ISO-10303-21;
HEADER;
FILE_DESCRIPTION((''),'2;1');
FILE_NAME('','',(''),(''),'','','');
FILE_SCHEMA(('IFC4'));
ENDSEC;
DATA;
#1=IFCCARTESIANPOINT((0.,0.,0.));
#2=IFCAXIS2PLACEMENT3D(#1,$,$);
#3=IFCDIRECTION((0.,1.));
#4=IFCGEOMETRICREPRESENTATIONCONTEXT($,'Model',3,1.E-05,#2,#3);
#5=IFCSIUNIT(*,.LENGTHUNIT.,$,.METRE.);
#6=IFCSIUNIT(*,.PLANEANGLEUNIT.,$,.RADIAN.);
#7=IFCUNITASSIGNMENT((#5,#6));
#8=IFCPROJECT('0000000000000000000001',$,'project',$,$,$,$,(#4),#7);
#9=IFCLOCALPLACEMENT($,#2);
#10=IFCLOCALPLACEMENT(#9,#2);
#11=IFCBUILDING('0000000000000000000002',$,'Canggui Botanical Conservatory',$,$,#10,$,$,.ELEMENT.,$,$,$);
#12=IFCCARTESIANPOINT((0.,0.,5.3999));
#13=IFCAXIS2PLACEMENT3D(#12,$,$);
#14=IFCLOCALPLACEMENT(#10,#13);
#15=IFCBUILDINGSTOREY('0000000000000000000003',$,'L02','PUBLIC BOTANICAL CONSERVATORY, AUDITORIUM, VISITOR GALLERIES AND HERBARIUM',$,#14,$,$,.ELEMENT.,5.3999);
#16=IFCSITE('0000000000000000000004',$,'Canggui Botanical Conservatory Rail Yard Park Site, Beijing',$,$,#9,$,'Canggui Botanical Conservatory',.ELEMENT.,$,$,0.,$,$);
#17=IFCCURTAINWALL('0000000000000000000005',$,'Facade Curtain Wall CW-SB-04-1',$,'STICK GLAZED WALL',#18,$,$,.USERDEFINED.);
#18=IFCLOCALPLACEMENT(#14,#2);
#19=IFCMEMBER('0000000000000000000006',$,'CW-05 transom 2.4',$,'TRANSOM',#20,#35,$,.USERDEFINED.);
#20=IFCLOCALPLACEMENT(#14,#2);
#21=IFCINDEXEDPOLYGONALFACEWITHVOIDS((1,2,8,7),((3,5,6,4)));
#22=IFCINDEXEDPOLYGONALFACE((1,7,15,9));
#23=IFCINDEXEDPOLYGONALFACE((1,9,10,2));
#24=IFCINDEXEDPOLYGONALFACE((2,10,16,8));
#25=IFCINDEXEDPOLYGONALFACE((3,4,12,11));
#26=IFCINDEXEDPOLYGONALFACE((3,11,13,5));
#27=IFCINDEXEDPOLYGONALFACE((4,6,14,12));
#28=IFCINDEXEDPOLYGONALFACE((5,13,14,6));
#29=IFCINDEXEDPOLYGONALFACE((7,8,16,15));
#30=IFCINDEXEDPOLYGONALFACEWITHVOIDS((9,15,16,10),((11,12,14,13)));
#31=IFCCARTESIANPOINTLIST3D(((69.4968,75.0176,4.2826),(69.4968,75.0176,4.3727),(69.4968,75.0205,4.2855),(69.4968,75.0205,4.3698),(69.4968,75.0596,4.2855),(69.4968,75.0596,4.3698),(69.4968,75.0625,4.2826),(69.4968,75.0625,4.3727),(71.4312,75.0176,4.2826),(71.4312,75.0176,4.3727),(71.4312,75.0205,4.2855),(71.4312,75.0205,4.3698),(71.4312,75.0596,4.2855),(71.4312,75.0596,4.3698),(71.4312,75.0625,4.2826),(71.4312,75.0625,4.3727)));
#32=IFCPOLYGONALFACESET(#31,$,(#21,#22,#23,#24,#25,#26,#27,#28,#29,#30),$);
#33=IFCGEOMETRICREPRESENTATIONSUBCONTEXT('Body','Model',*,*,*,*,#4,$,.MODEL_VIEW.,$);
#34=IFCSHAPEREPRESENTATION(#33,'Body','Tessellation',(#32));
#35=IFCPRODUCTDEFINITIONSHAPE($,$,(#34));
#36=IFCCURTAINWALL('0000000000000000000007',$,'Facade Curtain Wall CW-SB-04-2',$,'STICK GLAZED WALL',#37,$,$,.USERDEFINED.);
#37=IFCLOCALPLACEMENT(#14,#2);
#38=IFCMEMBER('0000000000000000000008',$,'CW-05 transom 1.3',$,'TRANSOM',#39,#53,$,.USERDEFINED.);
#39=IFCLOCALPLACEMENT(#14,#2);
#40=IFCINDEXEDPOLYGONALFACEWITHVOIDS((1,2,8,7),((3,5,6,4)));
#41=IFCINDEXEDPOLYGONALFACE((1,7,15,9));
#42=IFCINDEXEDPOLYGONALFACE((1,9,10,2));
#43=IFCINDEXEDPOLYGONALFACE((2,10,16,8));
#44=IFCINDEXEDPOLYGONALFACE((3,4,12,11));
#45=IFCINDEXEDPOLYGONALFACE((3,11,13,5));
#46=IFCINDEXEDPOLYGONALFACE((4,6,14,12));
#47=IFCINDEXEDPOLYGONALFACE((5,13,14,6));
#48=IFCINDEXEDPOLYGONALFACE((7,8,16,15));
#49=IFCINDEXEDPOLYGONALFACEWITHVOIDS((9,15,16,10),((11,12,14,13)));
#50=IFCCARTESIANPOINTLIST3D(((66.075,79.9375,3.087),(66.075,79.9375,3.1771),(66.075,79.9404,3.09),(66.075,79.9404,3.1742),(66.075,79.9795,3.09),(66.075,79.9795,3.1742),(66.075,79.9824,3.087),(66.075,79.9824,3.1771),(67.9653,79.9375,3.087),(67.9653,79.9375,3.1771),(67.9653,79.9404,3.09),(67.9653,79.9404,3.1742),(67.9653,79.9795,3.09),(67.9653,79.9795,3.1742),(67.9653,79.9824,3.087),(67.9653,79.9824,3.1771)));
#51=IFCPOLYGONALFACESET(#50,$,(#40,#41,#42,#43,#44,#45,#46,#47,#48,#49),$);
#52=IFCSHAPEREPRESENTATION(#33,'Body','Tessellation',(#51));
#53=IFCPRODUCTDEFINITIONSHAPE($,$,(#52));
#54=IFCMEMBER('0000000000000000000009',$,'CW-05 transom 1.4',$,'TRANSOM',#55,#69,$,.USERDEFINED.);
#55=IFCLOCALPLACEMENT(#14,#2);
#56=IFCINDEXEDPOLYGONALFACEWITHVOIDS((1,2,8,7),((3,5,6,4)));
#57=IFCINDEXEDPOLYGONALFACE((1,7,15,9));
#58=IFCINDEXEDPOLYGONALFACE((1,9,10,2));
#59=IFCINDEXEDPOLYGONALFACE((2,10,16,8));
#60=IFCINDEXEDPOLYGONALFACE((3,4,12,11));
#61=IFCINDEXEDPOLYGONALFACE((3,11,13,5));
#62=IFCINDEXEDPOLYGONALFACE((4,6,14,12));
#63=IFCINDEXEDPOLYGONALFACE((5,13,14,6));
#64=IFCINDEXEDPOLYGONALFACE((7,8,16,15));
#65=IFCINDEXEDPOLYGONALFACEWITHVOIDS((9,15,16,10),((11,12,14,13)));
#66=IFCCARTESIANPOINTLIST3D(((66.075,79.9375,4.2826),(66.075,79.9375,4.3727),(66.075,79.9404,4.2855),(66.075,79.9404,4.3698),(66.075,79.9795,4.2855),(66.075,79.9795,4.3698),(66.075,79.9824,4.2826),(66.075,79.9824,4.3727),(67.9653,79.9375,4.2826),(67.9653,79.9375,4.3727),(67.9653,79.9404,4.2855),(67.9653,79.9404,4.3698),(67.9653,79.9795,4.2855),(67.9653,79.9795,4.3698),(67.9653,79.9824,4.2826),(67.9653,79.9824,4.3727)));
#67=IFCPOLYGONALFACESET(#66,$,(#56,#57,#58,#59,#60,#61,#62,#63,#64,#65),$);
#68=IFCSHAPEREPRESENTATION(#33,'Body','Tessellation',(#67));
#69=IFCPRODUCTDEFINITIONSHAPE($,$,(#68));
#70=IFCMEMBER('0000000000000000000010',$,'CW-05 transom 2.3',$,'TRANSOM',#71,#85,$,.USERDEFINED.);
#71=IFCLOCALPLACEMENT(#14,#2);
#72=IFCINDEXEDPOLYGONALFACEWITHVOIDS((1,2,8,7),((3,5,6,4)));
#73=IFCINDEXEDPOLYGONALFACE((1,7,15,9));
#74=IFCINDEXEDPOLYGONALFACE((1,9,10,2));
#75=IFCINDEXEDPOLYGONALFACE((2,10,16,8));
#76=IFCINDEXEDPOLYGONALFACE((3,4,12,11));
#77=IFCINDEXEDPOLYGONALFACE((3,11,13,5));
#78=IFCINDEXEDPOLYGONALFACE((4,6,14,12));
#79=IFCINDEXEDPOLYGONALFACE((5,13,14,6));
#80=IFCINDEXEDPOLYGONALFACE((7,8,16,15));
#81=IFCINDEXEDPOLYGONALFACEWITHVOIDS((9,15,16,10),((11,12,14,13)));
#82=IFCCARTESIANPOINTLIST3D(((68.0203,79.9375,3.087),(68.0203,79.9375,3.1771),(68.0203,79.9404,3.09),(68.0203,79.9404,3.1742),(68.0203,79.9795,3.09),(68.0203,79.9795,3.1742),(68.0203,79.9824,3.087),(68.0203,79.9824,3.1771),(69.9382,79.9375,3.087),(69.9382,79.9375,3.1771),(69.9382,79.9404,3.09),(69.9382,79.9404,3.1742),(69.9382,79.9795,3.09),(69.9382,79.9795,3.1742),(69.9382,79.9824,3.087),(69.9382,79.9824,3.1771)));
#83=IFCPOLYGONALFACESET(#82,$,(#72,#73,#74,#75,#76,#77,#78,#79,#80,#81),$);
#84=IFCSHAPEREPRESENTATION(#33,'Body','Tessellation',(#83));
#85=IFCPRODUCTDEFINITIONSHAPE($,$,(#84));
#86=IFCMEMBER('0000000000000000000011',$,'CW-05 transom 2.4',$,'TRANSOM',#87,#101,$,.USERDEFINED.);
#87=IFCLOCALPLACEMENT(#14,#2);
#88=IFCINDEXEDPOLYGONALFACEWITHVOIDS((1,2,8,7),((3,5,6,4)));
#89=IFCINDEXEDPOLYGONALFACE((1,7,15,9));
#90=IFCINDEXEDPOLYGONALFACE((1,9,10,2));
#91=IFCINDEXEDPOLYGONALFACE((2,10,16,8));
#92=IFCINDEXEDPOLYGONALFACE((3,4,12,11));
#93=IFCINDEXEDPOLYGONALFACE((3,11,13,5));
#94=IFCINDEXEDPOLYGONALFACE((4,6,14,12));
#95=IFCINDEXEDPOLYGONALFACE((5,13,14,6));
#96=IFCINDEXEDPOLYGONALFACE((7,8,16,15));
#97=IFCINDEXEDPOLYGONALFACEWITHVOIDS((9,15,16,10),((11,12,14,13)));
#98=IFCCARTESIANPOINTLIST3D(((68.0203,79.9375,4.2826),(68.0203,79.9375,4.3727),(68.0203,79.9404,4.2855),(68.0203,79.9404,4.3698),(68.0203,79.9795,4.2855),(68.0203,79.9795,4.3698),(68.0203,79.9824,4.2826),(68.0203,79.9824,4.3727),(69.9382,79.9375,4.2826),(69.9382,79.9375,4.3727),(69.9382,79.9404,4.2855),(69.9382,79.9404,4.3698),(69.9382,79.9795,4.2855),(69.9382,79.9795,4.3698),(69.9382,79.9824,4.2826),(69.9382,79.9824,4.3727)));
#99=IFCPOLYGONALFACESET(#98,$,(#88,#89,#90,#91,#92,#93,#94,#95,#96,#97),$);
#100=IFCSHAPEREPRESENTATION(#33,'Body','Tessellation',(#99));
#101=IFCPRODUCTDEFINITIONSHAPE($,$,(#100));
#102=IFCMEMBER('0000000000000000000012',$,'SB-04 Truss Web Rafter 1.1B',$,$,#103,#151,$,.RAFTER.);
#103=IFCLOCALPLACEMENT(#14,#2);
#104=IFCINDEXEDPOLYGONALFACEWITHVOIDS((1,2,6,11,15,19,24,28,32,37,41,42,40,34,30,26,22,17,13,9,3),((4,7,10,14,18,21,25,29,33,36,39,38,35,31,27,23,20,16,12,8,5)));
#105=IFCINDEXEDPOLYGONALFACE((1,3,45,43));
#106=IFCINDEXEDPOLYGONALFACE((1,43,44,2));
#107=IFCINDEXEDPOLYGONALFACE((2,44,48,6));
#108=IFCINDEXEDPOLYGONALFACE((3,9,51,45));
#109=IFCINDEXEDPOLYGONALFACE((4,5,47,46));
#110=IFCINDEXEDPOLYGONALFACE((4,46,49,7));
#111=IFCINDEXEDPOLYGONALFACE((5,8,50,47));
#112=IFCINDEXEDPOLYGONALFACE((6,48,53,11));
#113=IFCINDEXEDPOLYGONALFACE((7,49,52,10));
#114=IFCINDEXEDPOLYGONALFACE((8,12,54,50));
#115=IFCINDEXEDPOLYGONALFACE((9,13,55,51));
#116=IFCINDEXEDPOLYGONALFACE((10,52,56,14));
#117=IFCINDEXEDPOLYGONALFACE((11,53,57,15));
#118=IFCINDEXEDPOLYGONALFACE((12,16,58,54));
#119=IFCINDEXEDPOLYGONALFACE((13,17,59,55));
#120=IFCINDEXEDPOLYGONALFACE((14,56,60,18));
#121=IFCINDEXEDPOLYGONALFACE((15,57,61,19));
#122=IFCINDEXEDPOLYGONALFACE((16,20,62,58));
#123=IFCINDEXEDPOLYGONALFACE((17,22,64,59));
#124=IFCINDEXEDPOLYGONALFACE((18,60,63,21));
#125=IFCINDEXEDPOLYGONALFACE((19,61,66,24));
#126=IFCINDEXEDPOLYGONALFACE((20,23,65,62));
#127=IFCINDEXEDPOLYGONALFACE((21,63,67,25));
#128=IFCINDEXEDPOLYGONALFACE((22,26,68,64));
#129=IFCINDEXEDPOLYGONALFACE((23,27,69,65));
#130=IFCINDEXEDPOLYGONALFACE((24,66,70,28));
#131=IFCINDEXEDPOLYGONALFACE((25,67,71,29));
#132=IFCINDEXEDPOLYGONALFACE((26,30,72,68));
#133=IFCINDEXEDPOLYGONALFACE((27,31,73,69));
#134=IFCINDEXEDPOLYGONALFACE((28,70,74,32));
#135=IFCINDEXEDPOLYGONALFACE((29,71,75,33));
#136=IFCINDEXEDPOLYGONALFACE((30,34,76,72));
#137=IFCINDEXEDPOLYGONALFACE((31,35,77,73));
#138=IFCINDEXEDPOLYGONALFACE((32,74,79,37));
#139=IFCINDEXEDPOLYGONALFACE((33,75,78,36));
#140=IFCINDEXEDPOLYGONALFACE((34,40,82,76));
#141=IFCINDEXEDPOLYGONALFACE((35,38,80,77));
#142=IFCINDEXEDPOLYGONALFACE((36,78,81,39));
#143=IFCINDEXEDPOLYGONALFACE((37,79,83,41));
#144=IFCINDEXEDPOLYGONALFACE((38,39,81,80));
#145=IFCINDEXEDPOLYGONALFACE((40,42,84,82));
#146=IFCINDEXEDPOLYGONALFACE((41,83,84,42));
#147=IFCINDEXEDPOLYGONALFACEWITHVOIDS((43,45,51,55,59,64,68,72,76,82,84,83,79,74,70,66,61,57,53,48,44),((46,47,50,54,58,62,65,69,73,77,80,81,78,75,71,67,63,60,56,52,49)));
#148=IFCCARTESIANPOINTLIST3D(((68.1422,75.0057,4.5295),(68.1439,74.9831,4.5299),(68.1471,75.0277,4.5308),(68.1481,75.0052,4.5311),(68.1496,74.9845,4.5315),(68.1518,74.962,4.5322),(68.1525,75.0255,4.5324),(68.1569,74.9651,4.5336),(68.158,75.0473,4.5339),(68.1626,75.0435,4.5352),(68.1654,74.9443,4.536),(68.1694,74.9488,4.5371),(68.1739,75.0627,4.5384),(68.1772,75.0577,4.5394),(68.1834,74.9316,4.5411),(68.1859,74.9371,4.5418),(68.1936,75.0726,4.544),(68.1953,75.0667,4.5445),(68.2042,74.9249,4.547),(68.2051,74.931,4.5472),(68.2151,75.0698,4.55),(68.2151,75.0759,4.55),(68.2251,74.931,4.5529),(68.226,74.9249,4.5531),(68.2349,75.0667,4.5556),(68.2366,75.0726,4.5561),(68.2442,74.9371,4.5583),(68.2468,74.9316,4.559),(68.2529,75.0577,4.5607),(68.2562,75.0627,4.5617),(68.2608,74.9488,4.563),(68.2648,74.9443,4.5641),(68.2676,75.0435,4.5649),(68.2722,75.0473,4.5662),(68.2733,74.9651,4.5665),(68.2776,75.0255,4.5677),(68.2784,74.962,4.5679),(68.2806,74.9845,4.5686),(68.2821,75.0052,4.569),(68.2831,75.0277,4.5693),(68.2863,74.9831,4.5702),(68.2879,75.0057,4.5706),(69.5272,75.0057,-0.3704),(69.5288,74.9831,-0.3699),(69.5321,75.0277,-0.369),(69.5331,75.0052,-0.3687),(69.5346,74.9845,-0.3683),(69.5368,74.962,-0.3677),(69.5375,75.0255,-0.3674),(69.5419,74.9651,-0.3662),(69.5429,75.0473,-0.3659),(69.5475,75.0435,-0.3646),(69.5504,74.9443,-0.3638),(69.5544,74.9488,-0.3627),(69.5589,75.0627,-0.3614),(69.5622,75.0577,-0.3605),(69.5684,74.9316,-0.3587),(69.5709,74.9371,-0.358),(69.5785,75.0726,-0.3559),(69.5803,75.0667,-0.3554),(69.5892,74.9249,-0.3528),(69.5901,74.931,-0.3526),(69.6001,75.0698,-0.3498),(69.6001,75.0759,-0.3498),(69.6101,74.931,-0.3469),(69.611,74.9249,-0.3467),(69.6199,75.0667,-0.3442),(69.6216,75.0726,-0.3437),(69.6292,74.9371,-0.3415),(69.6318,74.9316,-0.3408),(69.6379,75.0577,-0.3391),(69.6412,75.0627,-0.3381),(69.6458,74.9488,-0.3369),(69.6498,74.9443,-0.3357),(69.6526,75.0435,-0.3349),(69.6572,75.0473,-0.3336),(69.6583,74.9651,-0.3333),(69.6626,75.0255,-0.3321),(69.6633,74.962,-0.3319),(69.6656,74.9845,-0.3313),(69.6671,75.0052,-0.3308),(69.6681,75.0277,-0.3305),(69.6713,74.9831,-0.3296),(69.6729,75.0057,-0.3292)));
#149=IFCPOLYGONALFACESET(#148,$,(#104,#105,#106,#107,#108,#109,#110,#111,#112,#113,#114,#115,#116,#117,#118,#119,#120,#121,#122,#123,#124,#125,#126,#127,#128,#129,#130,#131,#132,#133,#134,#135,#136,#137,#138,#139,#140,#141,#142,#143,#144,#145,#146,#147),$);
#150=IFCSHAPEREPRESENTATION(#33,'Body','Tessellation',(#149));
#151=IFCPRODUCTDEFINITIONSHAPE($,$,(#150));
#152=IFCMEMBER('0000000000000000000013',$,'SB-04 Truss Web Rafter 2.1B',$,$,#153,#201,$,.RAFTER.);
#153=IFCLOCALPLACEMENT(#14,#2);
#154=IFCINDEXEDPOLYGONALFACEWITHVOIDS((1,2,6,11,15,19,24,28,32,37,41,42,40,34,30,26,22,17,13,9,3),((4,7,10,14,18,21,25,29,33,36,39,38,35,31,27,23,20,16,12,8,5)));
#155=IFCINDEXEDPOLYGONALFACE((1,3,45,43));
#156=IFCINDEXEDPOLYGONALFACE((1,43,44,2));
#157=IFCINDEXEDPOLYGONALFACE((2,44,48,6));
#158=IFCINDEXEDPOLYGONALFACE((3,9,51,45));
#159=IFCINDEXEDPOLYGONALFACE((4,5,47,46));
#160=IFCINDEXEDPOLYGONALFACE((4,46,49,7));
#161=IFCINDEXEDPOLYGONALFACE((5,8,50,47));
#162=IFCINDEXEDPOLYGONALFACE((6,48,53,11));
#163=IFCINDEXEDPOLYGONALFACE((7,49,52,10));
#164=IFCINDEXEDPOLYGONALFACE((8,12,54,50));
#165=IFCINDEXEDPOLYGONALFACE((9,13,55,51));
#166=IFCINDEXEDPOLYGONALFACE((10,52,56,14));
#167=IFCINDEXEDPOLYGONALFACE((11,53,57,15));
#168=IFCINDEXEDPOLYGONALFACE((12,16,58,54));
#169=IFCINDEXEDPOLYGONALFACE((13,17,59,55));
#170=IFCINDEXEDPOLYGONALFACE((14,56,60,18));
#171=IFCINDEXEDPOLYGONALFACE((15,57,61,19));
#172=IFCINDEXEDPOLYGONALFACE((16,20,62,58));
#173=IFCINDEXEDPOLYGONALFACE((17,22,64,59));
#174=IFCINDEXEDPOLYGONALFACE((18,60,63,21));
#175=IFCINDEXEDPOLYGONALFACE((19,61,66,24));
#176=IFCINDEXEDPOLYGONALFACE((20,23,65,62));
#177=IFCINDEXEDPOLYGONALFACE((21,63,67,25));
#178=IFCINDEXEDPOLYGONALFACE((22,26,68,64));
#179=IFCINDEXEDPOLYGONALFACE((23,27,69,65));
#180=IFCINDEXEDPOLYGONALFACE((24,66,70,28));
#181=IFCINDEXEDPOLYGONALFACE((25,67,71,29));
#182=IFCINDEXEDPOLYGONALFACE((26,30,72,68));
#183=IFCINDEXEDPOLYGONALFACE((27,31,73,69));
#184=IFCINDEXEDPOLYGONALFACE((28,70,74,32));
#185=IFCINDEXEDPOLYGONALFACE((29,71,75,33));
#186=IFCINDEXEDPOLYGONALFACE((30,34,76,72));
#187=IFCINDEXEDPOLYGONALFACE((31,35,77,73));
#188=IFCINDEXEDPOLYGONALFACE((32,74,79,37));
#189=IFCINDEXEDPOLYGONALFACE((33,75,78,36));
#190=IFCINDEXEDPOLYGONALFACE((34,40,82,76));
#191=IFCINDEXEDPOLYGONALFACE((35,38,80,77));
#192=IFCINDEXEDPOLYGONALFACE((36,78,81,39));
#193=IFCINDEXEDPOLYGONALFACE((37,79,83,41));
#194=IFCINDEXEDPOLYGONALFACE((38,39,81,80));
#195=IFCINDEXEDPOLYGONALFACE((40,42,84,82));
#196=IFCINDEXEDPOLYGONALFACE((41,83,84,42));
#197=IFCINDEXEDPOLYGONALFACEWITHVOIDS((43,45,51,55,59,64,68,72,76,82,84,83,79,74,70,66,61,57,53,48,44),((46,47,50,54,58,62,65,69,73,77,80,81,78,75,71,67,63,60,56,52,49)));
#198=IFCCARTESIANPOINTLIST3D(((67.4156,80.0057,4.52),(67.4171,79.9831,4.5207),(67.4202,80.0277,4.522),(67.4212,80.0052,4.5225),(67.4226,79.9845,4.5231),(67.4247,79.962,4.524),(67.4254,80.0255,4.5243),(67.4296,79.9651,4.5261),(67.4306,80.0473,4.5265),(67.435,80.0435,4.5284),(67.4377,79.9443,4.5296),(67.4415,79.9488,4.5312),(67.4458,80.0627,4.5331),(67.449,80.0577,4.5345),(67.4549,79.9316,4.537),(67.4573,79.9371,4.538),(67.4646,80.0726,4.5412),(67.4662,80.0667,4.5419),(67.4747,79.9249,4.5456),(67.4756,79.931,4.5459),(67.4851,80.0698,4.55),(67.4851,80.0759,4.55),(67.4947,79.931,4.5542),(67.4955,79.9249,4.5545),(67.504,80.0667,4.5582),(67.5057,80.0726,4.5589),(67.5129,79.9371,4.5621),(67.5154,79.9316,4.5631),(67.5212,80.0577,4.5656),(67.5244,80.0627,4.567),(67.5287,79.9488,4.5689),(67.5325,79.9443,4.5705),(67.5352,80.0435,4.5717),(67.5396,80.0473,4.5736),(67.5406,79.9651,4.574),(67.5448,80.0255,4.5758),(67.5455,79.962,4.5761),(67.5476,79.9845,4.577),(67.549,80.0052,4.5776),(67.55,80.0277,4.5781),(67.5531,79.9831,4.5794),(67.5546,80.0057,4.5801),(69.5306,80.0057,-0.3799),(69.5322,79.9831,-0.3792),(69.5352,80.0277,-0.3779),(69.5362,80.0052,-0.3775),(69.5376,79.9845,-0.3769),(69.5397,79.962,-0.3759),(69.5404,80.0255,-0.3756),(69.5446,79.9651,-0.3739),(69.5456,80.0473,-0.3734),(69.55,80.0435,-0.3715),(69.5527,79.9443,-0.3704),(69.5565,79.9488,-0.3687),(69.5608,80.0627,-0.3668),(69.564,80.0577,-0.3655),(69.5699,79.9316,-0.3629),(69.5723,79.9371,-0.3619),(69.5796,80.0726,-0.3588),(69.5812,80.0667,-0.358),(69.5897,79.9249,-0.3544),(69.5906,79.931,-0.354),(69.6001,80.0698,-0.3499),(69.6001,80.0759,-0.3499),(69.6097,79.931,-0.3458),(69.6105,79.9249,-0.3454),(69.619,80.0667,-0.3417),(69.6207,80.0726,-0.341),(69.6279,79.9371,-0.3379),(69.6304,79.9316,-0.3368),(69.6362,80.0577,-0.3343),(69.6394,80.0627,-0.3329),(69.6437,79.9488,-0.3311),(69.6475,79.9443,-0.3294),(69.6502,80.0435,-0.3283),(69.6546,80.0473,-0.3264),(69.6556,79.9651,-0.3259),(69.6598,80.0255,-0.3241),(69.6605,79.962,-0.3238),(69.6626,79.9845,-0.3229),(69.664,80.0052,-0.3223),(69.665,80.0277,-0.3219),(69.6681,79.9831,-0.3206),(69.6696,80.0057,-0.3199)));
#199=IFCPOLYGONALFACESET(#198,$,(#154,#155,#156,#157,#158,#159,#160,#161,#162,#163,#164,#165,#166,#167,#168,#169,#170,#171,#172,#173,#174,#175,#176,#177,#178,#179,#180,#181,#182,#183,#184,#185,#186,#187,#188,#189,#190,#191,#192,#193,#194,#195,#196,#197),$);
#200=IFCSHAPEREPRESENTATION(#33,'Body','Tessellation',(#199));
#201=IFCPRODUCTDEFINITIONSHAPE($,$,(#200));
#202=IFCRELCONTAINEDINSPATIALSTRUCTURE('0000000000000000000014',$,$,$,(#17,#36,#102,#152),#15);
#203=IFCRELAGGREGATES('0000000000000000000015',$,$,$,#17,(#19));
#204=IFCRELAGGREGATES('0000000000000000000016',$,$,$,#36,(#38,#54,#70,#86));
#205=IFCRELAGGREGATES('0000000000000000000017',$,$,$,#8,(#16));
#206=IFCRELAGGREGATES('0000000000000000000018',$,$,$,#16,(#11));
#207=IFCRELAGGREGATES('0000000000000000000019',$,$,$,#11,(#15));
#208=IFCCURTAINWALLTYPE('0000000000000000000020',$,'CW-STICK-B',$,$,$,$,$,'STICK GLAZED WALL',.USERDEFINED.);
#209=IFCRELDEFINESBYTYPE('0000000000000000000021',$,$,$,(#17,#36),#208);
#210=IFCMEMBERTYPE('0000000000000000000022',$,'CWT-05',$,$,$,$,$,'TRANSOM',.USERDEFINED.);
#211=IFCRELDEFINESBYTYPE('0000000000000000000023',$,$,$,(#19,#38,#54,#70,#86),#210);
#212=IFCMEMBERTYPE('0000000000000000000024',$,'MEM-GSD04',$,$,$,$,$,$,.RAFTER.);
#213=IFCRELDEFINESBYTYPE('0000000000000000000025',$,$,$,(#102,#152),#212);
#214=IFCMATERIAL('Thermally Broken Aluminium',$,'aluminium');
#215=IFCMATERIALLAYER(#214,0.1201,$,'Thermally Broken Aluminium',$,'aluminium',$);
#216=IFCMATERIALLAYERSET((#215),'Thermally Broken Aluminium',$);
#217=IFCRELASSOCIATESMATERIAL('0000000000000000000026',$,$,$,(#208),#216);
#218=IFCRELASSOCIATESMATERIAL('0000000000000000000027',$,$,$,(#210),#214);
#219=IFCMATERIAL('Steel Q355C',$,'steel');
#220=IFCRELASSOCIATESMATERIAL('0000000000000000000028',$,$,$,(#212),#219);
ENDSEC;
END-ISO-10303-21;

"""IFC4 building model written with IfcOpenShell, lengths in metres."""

from ifc_helpers import new_model, si_unit, direction, frame, origin, origin_2d, place, context, subcontext, project, spatial, hollow_rectangle, hollow_circle, extrude, material, layer, layer_set, material_profile, profile_set, type_object, element, aggregate, save


model = new_model("IFC4")

# Units and contexts
model_context = context("Model", 3, precision=1e-05, world=origin(), true_north=direction((0.0, 1.0)))
body_context = subcontext(model_context, "Body", "Model", "MODEL_VIEW")
ifc_project = project(units=[si_unit("LENGTHUNIT", "METRE"), si_unit("PLANEANGLEUNIT", "RADIAN")], contexts=[model_context])

# Site, building, storey
site_placement = place(None, origin())
site = spatial("IfcSite", under=ifc_project, at=site_placement, Name="Canggui Botanical Conservatory Rail Yard Park Site, Beijing", LongName="Canggui Botanical Conservatory", CompositionType="ELEMENT", RefElevation=0.0)
building_placement = place(site_placement, origin())
building = spatial("IfcBuilding", under=site, at=building_placement, Name="Canggui Botanical Conservatory", CompositionType="ELEMENT")
storey_placement = place(building_placement, frame((0.0, 0.0, 5.3999)))
storey = spatial("IfcBuildingStorey", under=building, at=storey_placement, Name="L02", Description="PUBLIC BOTANICAL CONSERVATORY, AUDITORIUM, VISITOR GALLERIES AND HERBARIUM", CompositionType="ELEMENT", Elevation=5.3999)

# Shared definitions
ifc_material_1 = material(Name="Steel Q355C", Category="steel")

# Curtain walls, members
ifc_material_2 = material(Name="Thermally Broken Aluminium", Category="aluminium")
ifc_layer_1 = layer(ifc_material_2, 0.1201, Name="Thermally Broken Aluminium", Category="aluminium")
ifc_layer_set_1 = layer_set([ifc_layer_1], Name="Thermally Broken Aluminium")
curtain_wall_type_1 = type_object("IfcCurtainWallType", Name="CW-STICK-B", ElementType="STICK GLAZED WALL", PredefinedType="USERDEFINED", material=ifc_layer_set_1)
curtain_wall_1_placement = place(storey_placement, origin())
curtain_wall_1 = element("IfcCurtainWall", 1, at=curtain_wall_1_placement, inside=storey, type_object=curtain_wall_type_1, Name="Facade Curtain Wall CW-SB-04-1", ObjectType="STICK GLAZED WALL", PredefinedType="USERDEFINED")
ifc_material_profile_1 = material_profile(ifc_material_2, hollow_rectangle(XDim=0.0449, YDim=0.0901, WallThickness=0.0029, at=origin_2d()), Name="CWT 45x90x3")
ifc_profile_set_1 = profile_set([ifc_material_profile_1], Name="Thermally Broken Aluminium")
member_type_1 = type_object("IfcMemberType", Name="CWT-05", ElementType="TRANSOM", PredefinedType="USERDEFINED", material=ifc_profile_set_1)
member_1_placement = place(storey_placement, frame((69.4968, 75.04, 4.3276), z_axis=(1.0, 0.0, 0.0), x_axis=(0.0, 1.0, 0.0)))
member_1 = element("IfcMember", 2, at=member_1_placement, type_object=member_type_1, Name="CW-05 transom 2.4", ObjectType="TRANSOM", PredefinedType="USERDEFINED", context=body_context, shape_type="SweptSolid", body=[
    extrude(hollow_rectangle(XDim=0.0449, YDim=0.0901, WallThickness=0.0029, at=origin_2d()), origin(), (0.0, 0.0, 1.0), 1.9343),
])
curtain_wall_2_placement = place(storey_placement, origin())
curtain_wall_2 = element("IfcCurtainWall", 3, at=curtain_wall_2_placement, inside=storey, type_object=curtain_wall_type_1, Name="Facade Curtain Wall CW-SB-04-2", ObjectType="STICK GLAZED WALL", PredefinedType="USERDEFINED")
member_2_placement = place(storey_placement, frame((66.075, 79.96, 3.1321), z_axis=(1.0, 0.0, 0.0), x_axis=(0.0, 1.0, 0.0)))
member_2 = element("IfcMember", 4, at=member_2_placement, type_object=member_type_1, Name="CW-05 transom 1.3", ObjectType="TRANSOM", PredefinedType="USERDEFINED", context=body_context, shape_type="SweptSolid", body=[
    extrude(hollow_rectangle(XDim=0.0449, YDim=0.0901, WallThickness=0.0029, at=origin_2d()), origin(), (0.0, 0.0, 1.0), 1.8904),
])
member_3_placement = place(storey_placement, frame((66.075, 79.96, 4.3276), z_axis=(1.0, 0.0, 0.0), x_axis=(0.0, 1.0, 0.0)))
member_3 = element("IfcMember", 5, at=member_3_placement, type_object=member_type_1, Name="CW-05 transom 1.4", ObjectType="TRANSOM", PredefinedType="USERDEFINED", context=body_context, shape_type="SweptSolid", body=[
    extrude(hollow_rectangle(XDim=0.0449, YDim=0.0901, WallThickness=0.0029, at=origin_2d()), origin(), (0.0, 0.0, 1.0), 1.8904),
])
member_4_placement = place(storey_placement, frame((68.0203, 79.96, 3.1321), z_axis=(1.0, 0.0, 0.0), x_axis=(0.0, 1.0, 0.0)))
member_4 = element("IfcMember", 6, at=member_4_placement, type_object=member_type_1, Name="CW-05 transom 2.3", ObjectType="TRANSOM", PredefinedType="USERDEFINED", context=body_context, shape_type="SweptSolid", body=[
    extrude(hollow_rectangle(XDim=0.0449, YDim=0.0901, WallThickness=0.0029, at=origin_2d()), origin(), (0.0, 0.0, 1.0), 1.918),
])
member_5_placement = place(storey_placement, frame((68.0203, 79.96, 4.3276), z_axis=(1.0, 0.0, 0.0), x_axis=(0.0, 1.0, 0.0)))
member_5 = element("IfcMember", 7, at=member_5_placement, type_object=member_type_1, Name="CW-05 transom 2.4", ObjectType="TRANSOM", PredefinedType="USERDEFINED", context=body_context, shape_type="SweptSolid", body=[
    extrude(hollow_rectangle(XDim=0.0449, YDim=0.0901, WallThickness=0.0029, at=origin_2d()), origin(), (0.0, 0.0, 1.0), 1.918),
])

# Members
ifc_material_profile_2 = material_profile(ifc_material_1, hollow_circle(Radius=0.0759, WallThickness=0.0061, at=origin_2d()), Name="CHS 152x6")
ifc_profile_set_2 = profile_set([ifc_material_profile_2], Name="Steel Q355C")
member_type_2 = type_object("IfcMemberType", Name="MEM-GSD04", PredefinedType="RAFTER", material=ifc_profile_set_2)
member_6_placement = place(storey_placement, frame((68.2151, 75.0, 4.55), z_axis=(0.272003, 0.0, -0.962296), x_axis=(0.0, 1.0, 0.0)))
element("IfcMember", 8, at=member_6_placement, inside=storey, type_object=member_type_2, Name="SB-04 Truss Web Rafter 1.1B", PredefinedType="RAFTER", context=body_context, shape_type="SweptSolid", body=[
    extrude(hollow_circle(Radius=0.0759, WallThickness=0.0061, at=origin_2d()), origin(), (0.0, 0.0, 1.0), 5.0918),
])
member_7_placement = place(storey_placement, frame((67.4851, 80.0, 4.55), z_axis=(0.396298, 0.0, -0.918122), x_axis=(0.0, 1.0, 0.0)))
element("IfcMember", 9, at=member_7_placement, inside=storey, type_object=member_type_2, Name="SB-04 Truss Web Rafter 2.1B", PredefinedType="RAFTER", context=body_context, shape_type="SweptSolid", body=[
    extrude(hollow_circle(Radius=0.0759, WallThickness=0.0061, at=origin_2d()), origin(), (0.0, 0.0, 1.0), 5.3369),
])

aggregate(curtain_wall_1, [member_1])
aggregate(curtain_wall_2, [member_2, member_3, member_4, member_5])

save(model, "model.ifc")
